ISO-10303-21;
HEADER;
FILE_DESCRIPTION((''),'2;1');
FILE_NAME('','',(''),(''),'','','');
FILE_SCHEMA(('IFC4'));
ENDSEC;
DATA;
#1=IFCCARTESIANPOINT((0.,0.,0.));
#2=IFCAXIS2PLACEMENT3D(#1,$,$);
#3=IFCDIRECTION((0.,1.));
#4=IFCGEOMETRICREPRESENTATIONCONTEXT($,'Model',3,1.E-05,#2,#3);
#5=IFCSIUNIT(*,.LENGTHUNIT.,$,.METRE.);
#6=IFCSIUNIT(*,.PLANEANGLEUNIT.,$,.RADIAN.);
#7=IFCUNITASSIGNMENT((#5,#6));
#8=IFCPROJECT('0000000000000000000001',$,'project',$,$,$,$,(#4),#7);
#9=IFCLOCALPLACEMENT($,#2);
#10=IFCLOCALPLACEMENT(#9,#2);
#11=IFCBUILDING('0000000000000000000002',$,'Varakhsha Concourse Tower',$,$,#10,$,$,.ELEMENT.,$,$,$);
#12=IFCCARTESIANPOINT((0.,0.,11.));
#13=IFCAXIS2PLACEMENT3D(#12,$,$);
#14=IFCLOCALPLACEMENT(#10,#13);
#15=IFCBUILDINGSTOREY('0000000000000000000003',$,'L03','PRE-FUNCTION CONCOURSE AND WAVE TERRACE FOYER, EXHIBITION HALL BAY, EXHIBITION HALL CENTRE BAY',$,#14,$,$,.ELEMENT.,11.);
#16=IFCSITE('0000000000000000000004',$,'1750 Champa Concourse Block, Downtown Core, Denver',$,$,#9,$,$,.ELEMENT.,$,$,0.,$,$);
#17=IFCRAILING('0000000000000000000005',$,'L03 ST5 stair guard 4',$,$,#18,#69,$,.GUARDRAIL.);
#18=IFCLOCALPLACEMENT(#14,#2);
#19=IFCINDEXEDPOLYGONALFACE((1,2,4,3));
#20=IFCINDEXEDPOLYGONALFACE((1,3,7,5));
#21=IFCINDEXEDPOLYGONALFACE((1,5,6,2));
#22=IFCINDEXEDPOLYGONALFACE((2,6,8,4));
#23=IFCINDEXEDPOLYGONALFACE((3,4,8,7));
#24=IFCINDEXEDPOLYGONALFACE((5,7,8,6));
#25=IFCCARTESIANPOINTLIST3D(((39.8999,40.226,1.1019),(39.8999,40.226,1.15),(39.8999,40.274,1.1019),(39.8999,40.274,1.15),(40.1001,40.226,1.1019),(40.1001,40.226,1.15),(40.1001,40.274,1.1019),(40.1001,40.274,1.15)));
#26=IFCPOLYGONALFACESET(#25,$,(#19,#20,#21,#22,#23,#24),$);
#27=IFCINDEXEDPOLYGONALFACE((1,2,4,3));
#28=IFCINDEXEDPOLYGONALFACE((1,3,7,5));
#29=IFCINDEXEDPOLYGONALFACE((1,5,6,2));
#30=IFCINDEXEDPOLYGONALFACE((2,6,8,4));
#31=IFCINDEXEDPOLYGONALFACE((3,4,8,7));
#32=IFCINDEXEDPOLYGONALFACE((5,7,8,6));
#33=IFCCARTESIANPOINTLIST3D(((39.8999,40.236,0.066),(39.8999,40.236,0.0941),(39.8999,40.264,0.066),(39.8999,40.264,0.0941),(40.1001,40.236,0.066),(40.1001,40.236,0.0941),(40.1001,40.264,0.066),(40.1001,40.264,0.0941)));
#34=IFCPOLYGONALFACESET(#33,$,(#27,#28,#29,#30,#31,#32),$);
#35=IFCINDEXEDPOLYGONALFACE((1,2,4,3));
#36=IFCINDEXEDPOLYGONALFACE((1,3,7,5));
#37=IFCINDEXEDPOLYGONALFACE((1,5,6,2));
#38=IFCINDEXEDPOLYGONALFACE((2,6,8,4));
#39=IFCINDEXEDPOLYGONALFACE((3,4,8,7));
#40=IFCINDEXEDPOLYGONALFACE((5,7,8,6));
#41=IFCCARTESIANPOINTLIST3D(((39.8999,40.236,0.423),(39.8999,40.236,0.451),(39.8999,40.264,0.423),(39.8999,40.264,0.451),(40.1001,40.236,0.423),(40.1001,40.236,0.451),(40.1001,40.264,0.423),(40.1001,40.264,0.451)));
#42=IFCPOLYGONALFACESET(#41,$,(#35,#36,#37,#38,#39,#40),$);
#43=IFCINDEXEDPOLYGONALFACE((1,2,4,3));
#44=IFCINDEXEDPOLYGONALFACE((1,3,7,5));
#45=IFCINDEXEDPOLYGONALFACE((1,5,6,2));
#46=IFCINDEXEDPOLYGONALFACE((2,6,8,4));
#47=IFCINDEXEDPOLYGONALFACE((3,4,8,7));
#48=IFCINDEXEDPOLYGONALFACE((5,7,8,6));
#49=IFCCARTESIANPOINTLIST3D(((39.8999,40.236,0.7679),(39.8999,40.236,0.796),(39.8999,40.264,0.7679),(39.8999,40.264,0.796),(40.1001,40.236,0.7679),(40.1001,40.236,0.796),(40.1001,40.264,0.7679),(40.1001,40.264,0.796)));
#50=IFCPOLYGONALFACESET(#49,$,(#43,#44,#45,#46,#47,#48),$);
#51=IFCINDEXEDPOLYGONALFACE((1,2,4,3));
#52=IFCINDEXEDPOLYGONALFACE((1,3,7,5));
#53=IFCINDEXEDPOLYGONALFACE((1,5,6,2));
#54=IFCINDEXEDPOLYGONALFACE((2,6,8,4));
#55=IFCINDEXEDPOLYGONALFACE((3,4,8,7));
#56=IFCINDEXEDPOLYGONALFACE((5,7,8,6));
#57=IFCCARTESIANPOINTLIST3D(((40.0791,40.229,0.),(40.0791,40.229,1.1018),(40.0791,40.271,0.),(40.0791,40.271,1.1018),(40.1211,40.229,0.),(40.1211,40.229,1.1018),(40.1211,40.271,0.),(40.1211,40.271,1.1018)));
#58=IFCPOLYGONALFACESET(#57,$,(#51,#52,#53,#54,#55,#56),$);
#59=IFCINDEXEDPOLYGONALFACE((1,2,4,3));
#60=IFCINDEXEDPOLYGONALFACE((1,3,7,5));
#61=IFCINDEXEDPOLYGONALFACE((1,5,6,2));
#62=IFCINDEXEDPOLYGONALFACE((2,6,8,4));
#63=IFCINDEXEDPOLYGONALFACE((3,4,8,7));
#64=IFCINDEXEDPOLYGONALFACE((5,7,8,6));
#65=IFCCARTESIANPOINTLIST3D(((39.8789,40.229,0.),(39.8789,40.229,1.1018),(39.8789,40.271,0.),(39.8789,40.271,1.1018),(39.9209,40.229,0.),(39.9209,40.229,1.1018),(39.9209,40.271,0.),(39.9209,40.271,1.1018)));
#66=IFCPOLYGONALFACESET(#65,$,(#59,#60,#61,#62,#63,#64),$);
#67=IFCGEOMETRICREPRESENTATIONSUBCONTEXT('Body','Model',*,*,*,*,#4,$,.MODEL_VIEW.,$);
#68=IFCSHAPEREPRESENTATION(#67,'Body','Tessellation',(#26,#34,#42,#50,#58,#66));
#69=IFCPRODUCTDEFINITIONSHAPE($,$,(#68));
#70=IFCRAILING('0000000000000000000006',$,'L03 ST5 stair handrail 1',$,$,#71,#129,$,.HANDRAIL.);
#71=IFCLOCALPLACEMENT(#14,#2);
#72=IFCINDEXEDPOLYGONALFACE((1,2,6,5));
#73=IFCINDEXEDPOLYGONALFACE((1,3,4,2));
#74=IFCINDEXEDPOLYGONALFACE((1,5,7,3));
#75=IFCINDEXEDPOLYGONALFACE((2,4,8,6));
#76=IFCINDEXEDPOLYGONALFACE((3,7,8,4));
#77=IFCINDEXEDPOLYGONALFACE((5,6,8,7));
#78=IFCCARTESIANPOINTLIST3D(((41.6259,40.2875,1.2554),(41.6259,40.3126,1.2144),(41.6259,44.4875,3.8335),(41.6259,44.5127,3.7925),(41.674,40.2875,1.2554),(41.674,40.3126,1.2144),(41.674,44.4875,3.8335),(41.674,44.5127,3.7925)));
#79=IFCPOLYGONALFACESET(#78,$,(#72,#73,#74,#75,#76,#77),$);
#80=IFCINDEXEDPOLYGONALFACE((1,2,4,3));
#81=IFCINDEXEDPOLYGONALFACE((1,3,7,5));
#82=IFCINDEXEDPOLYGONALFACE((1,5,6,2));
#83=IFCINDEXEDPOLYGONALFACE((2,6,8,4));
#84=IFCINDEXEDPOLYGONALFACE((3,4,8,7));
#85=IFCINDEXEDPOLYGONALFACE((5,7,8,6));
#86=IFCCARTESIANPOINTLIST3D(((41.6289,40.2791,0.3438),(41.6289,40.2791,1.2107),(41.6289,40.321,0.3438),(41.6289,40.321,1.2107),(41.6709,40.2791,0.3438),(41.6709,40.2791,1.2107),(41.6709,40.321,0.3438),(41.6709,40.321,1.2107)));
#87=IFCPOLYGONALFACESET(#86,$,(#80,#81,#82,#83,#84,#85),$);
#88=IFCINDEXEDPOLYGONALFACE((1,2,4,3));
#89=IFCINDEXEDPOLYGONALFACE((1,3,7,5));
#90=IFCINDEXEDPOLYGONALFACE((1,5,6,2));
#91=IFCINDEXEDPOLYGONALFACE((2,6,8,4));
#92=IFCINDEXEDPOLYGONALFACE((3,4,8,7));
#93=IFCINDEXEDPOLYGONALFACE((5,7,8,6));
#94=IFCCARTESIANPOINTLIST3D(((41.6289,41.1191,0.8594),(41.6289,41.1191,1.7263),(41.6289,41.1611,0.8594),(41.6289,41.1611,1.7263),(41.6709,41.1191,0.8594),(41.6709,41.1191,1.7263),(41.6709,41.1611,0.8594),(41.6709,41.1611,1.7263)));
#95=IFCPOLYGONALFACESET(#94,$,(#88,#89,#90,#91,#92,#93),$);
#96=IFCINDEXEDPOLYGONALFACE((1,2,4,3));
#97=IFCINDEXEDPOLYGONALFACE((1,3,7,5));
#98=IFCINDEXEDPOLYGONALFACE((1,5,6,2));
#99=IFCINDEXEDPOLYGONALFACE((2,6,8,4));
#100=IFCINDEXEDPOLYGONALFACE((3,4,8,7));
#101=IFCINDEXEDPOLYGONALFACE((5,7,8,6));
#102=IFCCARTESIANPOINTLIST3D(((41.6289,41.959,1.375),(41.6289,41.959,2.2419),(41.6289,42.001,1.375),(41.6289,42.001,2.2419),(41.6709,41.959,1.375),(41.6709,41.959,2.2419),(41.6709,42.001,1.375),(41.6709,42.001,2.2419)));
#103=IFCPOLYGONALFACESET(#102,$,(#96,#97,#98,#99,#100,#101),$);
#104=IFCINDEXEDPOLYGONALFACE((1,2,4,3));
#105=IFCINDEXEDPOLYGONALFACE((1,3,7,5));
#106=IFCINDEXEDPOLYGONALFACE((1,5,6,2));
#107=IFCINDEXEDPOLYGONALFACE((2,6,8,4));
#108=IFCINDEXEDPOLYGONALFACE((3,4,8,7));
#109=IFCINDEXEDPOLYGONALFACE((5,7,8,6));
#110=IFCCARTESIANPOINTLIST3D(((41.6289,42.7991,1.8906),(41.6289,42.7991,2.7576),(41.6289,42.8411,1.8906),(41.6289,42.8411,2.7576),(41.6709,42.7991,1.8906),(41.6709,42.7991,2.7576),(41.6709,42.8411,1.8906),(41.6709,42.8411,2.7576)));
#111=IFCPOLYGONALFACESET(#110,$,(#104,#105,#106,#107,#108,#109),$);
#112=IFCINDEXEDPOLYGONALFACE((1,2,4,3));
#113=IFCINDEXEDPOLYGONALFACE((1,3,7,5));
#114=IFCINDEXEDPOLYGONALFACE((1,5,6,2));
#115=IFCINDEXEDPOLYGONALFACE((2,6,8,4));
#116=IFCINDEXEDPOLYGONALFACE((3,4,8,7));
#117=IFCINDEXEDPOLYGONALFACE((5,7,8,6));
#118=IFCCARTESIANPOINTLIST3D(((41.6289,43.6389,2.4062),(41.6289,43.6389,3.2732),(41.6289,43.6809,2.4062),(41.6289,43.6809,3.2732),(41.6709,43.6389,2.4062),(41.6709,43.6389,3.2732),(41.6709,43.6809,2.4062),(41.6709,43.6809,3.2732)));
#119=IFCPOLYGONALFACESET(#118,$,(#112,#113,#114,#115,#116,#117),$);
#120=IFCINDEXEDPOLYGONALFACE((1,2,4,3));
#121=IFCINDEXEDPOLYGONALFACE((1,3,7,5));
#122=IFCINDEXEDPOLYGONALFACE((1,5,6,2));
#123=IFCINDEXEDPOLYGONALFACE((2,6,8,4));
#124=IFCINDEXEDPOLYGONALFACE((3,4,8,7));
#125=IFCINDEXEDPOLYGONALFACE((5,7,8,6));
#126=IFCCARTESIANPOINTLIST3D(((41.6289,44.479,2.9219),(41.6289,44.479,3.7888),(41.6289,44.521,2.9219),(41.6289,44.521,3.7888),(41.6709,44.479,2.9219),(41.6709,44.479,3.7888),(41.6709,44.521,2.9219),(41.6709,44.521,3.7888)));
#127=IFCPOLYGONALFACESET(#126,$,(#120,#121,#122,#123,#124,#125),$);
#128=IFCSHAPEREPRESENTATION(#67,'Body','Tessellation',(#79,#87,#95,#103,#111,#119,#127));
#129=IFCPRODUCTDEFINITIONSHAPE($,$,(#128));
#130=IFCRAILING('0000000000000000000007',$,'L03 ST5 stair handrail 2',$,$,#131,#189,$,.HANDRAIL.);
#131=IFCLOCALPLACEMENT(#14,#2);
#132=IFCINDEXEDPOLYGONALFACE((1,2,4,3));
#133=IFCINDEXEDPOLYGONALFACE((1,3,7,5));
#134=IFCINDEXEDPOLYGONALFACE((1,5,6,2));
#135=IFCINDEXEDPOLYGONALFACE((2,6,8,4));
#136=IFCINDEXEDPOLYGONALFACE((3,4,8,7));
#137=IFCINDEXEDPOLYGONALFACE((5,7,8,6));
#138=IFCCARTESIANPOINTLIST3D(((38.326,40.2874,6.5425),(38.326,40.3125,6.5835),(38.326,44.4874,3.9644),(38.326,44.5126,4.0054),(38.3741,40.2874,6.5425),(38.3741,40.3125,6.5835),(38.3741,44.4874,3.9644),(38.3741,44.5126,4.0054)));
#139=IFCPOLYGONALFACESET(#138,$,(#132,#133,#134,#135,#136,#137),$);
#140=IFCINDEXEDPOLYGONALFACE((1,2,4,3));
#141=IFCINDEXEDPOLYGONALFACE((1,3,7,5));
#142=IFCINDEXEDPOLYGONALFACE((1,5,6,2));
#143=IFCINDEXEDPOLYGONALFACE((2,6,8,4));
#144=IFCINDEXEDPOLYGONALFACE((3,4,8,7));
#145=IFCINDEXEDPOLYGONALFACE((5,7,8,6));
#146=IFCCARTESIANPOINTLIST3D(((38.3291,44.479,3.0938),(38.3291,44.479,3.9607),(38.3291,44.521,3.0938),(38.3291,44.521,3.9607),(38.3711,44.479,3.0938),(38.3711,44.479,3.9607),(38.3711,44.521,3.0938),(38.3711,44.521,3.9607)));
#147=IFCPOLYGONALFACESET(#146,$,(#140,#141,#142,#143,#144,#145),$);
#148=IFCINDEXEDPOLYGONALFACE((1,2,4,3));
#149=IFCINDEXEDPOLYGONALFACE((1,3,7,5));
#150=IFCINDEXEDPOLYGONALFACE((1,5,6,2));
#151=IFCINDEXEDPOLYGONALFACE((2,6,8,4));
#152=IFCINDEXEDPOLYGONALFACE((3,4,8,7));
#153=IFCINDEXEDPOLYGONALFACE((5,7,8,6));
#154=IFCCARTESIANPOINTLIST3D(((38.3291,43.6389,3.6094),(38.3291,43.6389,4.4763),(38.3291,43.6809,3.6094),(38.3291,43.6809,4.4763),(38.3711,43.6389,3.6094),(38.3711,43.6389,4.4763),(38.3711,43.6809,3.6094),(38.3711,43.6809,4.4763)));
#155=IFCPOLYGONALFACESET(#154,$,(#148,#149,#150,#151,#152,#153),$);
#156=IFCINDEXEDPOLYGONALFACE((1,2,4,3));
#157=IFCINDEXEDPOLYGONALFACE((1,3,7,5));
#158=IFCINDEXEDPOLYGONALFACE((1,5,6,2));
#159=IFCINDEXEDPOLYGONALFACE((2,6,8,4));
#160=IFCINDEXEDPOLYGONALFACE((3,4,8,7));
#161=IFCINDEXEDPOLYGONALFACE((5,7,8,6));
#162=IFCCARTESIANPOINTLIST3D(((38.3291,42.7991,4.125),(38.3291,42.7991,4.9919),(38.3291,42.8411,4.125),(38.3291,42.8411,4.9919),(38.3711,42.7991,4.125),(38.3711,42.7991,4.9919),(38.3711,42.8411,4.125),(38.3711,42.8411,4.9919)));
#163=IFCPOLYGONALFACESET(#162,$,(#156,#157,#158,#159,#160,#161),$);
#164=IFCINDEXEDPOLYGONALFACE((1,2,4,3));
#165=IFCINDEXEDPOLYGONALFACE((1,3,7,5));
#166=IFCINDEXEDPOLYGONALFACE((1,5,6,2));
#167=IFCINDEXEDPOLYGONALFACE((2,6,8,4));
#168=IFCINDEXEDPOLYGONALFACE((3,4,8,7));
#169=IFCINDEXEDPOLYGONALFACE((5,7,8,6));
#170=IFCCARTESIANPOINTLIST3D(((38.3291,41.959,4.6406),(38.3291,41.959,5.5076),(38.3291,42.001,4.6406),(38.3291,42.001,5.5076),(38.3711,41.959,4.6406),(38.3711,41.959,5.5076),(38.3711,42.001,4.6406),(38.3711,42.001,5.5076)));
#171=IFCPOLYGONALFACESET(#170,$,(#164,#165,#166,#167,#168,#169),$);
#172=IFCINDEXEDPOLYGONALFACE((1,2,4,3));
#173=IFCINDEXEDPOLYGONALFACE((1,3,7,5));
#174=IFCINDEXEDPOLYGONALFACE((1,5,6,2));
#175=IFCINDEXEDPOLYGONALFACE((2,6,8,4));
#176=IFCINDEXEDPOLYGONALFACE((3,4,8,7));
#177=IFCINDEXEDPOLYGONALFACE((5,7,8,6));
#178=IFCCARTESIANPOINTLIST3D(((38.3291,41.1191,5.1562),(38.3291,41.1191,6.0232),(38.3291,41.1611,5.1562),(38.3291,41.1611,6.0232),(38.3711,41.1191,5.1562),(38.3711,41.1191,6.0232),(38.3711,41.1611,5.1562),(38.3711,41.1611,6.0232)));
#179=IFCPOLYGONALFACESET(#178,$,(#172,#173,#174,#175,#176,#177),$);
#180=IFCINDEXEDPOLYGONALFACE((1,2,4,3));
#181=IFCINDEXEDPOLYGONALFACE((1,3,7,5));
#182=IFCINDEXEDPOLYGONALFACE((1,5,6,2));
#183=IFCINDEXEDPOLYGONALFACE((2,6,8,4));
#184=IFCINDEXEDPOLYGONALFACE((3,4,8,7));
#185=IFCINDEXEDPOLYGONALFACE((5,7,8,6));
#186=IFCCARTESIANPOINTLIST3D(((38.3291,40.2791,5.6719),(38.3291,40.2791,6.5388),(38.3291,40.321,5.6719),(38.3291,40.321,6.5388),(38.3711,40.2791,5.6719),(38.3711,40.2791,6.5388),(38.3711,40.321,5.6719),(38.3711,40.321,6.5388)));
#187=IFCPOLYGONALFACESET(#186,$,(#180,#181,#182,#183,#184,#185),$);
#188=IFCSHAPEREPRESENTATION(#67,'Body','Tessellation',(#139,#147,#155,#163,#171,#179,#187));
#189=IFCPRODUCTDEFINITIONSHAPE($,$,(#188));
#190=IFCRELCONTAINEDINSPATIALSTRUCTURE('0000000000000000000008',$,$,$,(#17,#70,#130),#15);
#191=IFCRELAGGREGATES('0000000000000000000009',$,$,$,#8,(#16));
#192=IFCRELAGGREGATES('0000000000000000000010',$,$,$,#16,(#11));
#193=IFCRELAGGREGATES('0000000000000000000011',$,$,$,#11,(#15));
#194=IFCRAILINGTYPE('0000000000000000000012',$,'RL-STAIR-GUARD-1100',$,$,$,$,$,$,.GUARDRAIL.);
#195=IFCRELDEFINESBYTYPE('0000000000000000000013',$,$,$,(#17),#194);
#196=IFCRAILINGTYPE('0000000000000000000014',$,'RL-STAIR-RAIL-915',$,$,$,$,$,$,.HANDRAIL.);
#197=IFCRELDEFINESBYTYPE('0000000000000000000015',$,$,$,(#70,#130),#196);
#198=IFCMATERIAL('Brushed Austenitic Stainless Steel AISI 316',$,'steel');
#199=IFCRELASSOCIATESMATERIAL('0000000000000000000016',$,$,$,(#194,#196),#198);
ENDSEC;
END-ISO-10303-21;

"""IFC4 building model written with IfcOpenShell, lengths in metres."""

from ifc_helpers import new_model, si_unit, direction, frame, origin, origin_2d, place, context, subcontext, project, spatial, rectangle, extrude, material, type_object, element, save


model = new_model("IFC4")

# Units and contexts
model_context = context("Model", 3, precision=1e-05, world=origin(), true_north=direction((0.0, 1.0)))
body_context = subcontext(model_context, "Body", "Model", "MODEL_VIEW")
ifc_project = project(units=[si_unit("LENGTHUNIT", "METRE"), si_unit("PLANEANGLEUNIT", "RADIAN")], contexts=[model_context])

# Site, building, storey
site_placement = place(None, origin())
site = spatial("IfcSite", under=ifc_project, at=site_placement, Name="1750 Champa Concourse Block, Downtown Core, Denver", CompositionType="ELEMENT", RefElevation=0.0)
building_placement = place(site_placement, origin())
building = spatial("IfcBuilding", under=site, at=building_placement, Name="Varakhsha Concourse Tower", CompositionType="ELEMENT")
storey_placement = place(building_placement, frame((0.0, 0.0, 11.0)))
storey = spatial("IfcBuildingStorey", under=building, at=storey_placement, Name="L03", Description="PRE-FUNCTION CONCOURSE AND WAVE TERRACE FOYER, EXHIBITION HALL BAY, EXHIBITION HALL CENTRE BAY", CompositionType="ELEMENT", Elevation=11.0)

# Railings
ifc_material_1 = material(Name="Brushed Austenitic Stainless Steel AISI 316", Category="steel")
railing_type_1 = type_object("IfcRailingType", Name="RL-STAIR-GUARD-1100", PredefinedType="GUARDRAIL", material=ifc_material_1)
railing_1_placement = place(storey_placement, frame((40.1001, 40.25, 0.0)))
element("IfcRailing", 1, at=railing_1_placement, inside=storey, type_object=railing_type_1, Name="L03 ST5 stair guard 4", PredefinedType="GUARDRAIL", context=body_context, shape_type="SweptSolid", body=[
    extrude(rectangle(XDim=0.0481, YDim=0.0481, at=origin_2d()), frame((0.0, 0.0, 1.126), z_axis=(-1.0, 0.0, 0.0), x_axis=(0.0, -1.0, 0.0)), (0.0, 0.0, 1.0), 0.2002),
    extrude(rectangle(XDim=0.0281, YDim=0.0281, at=origin_2d()), frame((0.0, 0.0, 0.0801), z_axis=(-1.0, 0.0, 0.0), x_axis=(0.0, -1.0, 0.0)), (0.0, 0.0, 1.0), 0.2002),
    extrude(rectangle(XDim=0.0281, YDim=0.0281, at=origin_2d()), frame((0.0, 0.0, 0.437), z_axis=(-1.0, 0.0, 0.0), x_axis=(0.0, -1.0, 0.0)), (0.0, 0.0, 1.0), 0.2002),
    extrude(rectangle(XDim=0.0281, YDim=0.0281, at=origin_2d()), frame((0.0, 0.0, 0.782), z_axis=(-1.0, 0.0, 0.0), x_axis=(0.0, -1.0, 0.0)), (0.0, 0.0, 1.0), 0.2002),
    extrude(rectangle(XDim=0.042, YDim=0.042, at=origin_2d()), origin(), (0.0, 0.0, 1.0), 1.1018),
    extrude(rectangle(XDim=0.042, YDim=0.042, at=origin_2d()), frame((-0.2002, 0.0, 0.0)), (0.0, 0.0, 1.0), 1.1018),
])
railing_type_2 = type_object("IfcRailingType", Name="RL-STAIR-RAIL-915", PredefinedType="HANDRAIL", material=ifc_material_1)
railing_2_placement = place(storey_placement, frame((41.6499, 40.3, 0.3438)))
element("IfcRailing", 2, at=railing_2_placement, inside=storey, type_object=railing_type_2, Name="L03 ST5 stair handrail 1", PredefinedType="HANDRAIL", context=body_context, shape_type="SweptSolid", body=[
    extrude(rectangle(XDim=0.0481, YDim=0.0481, at=origin_2d()), frame((0.0, 0.0, 0.8911), z_axis=(0.0, 0.852243, 0.523146), x_axis=(-1.0, 0.0, 0.0)), (0.0, 0.0, 1.0), 4.9282),
    extrude(rectangle(XDim=0.042, YDim=0.042, at=origin_2d()), origin(), (0.0, 0.0, 1.0), 0.8669),
    extrude(rectangle(XDim=0.042, YDim=0.042, at=origin_2d()), frame((0.0, 0.8401, 0.5156)), (0.0, 0.0, 1.0), 0.8669),
    extrude(rectangle(XDim=0.042, YDim=0.042, at=origin_2d()), frame((0.0, 1.6799, 1.0312)), (0.0, 0.0, 1.0), 0.8669),
    extrude(rectangle(XDim=0.042, YDim=0.042, at=origin_2d()), frame((0.0, 2.52, 1.5469)), (0.0, 0.0, 1.0), 0.8669),
    extrude(rectangle(XDim=0.042, YDim=0.042, at=origin_2d()), frame((0.0, 3.3599, 2.0625)), (0.0, 0.0, 1.0), 0.8669),
    extrude(rectangle(XDim=0.042, YDim=0.042, at=origin_2d()), frame((0.0, 4.2, 2.5781)), (0.0, 0.0, 1.0), 0.8669),
])
railing_3_placement = place(storey_placement, frame((38.3501, 44.5, 3.0938)))
element("IfcRailing", 3, at=railing_3_placement, inside=storey, type_object=railing_type_2, Name="L03 ST5 stair handrail 2", PredefinedType="HANDRAIL", context=body_context, shape_type="SweptSolid", body=[
    extrude(rectangle(XDim=0.0481, YDim=0.0481, at=origin_2d()), frame((0.0, 0.0, 0.8911), z_axis=(0.0, -0.852243, 0.523146), x_axis=(1.0, 0.0, 0.0)), (0.0, 0.0, 1.0), 4.9282),
    extrude(rectangle(XDim=0.042, YDim=0.042, at=origin_2d()), origin(), (0.0, 0.0, 1.0), 0.8669),
    extrude(rectangle(XDim=0.042, YDim=0.042, at=origin_2d()), frame((0.0, -0.8401, 0.5156)), (0.0, 0.0, 1.0), 0.8669),
    extrude(rectangle(XDim=0.042, YDim=0.042, at=origin_2d()), frame((0.0, -1.6799, 1.0312)), (0.0, 0.0, 1.0), 0.8669),
    extrude(rectangle(XDim=0.042, YDim=0.042, at=origin_2d()), frame((0.0, -2.52, 1.5469)), (0.0, 0.0, 1.0), 0.8669),
    extrude(rectangle(XDim=0.042, YDim=0.042, at=origin_2d()), frame((0.0, -3.3599, 2.0625)), (0.0, 0.0, 1.0), 0.8669),
    extrude(rectangle(XDim=0.042, YDim=0.042, at=origin_2d()), frame((0.0, -4.2, 2.5781)), (0.0, 0.0, 1.0), 0.8669),
])

save(model, "model.ifc")
